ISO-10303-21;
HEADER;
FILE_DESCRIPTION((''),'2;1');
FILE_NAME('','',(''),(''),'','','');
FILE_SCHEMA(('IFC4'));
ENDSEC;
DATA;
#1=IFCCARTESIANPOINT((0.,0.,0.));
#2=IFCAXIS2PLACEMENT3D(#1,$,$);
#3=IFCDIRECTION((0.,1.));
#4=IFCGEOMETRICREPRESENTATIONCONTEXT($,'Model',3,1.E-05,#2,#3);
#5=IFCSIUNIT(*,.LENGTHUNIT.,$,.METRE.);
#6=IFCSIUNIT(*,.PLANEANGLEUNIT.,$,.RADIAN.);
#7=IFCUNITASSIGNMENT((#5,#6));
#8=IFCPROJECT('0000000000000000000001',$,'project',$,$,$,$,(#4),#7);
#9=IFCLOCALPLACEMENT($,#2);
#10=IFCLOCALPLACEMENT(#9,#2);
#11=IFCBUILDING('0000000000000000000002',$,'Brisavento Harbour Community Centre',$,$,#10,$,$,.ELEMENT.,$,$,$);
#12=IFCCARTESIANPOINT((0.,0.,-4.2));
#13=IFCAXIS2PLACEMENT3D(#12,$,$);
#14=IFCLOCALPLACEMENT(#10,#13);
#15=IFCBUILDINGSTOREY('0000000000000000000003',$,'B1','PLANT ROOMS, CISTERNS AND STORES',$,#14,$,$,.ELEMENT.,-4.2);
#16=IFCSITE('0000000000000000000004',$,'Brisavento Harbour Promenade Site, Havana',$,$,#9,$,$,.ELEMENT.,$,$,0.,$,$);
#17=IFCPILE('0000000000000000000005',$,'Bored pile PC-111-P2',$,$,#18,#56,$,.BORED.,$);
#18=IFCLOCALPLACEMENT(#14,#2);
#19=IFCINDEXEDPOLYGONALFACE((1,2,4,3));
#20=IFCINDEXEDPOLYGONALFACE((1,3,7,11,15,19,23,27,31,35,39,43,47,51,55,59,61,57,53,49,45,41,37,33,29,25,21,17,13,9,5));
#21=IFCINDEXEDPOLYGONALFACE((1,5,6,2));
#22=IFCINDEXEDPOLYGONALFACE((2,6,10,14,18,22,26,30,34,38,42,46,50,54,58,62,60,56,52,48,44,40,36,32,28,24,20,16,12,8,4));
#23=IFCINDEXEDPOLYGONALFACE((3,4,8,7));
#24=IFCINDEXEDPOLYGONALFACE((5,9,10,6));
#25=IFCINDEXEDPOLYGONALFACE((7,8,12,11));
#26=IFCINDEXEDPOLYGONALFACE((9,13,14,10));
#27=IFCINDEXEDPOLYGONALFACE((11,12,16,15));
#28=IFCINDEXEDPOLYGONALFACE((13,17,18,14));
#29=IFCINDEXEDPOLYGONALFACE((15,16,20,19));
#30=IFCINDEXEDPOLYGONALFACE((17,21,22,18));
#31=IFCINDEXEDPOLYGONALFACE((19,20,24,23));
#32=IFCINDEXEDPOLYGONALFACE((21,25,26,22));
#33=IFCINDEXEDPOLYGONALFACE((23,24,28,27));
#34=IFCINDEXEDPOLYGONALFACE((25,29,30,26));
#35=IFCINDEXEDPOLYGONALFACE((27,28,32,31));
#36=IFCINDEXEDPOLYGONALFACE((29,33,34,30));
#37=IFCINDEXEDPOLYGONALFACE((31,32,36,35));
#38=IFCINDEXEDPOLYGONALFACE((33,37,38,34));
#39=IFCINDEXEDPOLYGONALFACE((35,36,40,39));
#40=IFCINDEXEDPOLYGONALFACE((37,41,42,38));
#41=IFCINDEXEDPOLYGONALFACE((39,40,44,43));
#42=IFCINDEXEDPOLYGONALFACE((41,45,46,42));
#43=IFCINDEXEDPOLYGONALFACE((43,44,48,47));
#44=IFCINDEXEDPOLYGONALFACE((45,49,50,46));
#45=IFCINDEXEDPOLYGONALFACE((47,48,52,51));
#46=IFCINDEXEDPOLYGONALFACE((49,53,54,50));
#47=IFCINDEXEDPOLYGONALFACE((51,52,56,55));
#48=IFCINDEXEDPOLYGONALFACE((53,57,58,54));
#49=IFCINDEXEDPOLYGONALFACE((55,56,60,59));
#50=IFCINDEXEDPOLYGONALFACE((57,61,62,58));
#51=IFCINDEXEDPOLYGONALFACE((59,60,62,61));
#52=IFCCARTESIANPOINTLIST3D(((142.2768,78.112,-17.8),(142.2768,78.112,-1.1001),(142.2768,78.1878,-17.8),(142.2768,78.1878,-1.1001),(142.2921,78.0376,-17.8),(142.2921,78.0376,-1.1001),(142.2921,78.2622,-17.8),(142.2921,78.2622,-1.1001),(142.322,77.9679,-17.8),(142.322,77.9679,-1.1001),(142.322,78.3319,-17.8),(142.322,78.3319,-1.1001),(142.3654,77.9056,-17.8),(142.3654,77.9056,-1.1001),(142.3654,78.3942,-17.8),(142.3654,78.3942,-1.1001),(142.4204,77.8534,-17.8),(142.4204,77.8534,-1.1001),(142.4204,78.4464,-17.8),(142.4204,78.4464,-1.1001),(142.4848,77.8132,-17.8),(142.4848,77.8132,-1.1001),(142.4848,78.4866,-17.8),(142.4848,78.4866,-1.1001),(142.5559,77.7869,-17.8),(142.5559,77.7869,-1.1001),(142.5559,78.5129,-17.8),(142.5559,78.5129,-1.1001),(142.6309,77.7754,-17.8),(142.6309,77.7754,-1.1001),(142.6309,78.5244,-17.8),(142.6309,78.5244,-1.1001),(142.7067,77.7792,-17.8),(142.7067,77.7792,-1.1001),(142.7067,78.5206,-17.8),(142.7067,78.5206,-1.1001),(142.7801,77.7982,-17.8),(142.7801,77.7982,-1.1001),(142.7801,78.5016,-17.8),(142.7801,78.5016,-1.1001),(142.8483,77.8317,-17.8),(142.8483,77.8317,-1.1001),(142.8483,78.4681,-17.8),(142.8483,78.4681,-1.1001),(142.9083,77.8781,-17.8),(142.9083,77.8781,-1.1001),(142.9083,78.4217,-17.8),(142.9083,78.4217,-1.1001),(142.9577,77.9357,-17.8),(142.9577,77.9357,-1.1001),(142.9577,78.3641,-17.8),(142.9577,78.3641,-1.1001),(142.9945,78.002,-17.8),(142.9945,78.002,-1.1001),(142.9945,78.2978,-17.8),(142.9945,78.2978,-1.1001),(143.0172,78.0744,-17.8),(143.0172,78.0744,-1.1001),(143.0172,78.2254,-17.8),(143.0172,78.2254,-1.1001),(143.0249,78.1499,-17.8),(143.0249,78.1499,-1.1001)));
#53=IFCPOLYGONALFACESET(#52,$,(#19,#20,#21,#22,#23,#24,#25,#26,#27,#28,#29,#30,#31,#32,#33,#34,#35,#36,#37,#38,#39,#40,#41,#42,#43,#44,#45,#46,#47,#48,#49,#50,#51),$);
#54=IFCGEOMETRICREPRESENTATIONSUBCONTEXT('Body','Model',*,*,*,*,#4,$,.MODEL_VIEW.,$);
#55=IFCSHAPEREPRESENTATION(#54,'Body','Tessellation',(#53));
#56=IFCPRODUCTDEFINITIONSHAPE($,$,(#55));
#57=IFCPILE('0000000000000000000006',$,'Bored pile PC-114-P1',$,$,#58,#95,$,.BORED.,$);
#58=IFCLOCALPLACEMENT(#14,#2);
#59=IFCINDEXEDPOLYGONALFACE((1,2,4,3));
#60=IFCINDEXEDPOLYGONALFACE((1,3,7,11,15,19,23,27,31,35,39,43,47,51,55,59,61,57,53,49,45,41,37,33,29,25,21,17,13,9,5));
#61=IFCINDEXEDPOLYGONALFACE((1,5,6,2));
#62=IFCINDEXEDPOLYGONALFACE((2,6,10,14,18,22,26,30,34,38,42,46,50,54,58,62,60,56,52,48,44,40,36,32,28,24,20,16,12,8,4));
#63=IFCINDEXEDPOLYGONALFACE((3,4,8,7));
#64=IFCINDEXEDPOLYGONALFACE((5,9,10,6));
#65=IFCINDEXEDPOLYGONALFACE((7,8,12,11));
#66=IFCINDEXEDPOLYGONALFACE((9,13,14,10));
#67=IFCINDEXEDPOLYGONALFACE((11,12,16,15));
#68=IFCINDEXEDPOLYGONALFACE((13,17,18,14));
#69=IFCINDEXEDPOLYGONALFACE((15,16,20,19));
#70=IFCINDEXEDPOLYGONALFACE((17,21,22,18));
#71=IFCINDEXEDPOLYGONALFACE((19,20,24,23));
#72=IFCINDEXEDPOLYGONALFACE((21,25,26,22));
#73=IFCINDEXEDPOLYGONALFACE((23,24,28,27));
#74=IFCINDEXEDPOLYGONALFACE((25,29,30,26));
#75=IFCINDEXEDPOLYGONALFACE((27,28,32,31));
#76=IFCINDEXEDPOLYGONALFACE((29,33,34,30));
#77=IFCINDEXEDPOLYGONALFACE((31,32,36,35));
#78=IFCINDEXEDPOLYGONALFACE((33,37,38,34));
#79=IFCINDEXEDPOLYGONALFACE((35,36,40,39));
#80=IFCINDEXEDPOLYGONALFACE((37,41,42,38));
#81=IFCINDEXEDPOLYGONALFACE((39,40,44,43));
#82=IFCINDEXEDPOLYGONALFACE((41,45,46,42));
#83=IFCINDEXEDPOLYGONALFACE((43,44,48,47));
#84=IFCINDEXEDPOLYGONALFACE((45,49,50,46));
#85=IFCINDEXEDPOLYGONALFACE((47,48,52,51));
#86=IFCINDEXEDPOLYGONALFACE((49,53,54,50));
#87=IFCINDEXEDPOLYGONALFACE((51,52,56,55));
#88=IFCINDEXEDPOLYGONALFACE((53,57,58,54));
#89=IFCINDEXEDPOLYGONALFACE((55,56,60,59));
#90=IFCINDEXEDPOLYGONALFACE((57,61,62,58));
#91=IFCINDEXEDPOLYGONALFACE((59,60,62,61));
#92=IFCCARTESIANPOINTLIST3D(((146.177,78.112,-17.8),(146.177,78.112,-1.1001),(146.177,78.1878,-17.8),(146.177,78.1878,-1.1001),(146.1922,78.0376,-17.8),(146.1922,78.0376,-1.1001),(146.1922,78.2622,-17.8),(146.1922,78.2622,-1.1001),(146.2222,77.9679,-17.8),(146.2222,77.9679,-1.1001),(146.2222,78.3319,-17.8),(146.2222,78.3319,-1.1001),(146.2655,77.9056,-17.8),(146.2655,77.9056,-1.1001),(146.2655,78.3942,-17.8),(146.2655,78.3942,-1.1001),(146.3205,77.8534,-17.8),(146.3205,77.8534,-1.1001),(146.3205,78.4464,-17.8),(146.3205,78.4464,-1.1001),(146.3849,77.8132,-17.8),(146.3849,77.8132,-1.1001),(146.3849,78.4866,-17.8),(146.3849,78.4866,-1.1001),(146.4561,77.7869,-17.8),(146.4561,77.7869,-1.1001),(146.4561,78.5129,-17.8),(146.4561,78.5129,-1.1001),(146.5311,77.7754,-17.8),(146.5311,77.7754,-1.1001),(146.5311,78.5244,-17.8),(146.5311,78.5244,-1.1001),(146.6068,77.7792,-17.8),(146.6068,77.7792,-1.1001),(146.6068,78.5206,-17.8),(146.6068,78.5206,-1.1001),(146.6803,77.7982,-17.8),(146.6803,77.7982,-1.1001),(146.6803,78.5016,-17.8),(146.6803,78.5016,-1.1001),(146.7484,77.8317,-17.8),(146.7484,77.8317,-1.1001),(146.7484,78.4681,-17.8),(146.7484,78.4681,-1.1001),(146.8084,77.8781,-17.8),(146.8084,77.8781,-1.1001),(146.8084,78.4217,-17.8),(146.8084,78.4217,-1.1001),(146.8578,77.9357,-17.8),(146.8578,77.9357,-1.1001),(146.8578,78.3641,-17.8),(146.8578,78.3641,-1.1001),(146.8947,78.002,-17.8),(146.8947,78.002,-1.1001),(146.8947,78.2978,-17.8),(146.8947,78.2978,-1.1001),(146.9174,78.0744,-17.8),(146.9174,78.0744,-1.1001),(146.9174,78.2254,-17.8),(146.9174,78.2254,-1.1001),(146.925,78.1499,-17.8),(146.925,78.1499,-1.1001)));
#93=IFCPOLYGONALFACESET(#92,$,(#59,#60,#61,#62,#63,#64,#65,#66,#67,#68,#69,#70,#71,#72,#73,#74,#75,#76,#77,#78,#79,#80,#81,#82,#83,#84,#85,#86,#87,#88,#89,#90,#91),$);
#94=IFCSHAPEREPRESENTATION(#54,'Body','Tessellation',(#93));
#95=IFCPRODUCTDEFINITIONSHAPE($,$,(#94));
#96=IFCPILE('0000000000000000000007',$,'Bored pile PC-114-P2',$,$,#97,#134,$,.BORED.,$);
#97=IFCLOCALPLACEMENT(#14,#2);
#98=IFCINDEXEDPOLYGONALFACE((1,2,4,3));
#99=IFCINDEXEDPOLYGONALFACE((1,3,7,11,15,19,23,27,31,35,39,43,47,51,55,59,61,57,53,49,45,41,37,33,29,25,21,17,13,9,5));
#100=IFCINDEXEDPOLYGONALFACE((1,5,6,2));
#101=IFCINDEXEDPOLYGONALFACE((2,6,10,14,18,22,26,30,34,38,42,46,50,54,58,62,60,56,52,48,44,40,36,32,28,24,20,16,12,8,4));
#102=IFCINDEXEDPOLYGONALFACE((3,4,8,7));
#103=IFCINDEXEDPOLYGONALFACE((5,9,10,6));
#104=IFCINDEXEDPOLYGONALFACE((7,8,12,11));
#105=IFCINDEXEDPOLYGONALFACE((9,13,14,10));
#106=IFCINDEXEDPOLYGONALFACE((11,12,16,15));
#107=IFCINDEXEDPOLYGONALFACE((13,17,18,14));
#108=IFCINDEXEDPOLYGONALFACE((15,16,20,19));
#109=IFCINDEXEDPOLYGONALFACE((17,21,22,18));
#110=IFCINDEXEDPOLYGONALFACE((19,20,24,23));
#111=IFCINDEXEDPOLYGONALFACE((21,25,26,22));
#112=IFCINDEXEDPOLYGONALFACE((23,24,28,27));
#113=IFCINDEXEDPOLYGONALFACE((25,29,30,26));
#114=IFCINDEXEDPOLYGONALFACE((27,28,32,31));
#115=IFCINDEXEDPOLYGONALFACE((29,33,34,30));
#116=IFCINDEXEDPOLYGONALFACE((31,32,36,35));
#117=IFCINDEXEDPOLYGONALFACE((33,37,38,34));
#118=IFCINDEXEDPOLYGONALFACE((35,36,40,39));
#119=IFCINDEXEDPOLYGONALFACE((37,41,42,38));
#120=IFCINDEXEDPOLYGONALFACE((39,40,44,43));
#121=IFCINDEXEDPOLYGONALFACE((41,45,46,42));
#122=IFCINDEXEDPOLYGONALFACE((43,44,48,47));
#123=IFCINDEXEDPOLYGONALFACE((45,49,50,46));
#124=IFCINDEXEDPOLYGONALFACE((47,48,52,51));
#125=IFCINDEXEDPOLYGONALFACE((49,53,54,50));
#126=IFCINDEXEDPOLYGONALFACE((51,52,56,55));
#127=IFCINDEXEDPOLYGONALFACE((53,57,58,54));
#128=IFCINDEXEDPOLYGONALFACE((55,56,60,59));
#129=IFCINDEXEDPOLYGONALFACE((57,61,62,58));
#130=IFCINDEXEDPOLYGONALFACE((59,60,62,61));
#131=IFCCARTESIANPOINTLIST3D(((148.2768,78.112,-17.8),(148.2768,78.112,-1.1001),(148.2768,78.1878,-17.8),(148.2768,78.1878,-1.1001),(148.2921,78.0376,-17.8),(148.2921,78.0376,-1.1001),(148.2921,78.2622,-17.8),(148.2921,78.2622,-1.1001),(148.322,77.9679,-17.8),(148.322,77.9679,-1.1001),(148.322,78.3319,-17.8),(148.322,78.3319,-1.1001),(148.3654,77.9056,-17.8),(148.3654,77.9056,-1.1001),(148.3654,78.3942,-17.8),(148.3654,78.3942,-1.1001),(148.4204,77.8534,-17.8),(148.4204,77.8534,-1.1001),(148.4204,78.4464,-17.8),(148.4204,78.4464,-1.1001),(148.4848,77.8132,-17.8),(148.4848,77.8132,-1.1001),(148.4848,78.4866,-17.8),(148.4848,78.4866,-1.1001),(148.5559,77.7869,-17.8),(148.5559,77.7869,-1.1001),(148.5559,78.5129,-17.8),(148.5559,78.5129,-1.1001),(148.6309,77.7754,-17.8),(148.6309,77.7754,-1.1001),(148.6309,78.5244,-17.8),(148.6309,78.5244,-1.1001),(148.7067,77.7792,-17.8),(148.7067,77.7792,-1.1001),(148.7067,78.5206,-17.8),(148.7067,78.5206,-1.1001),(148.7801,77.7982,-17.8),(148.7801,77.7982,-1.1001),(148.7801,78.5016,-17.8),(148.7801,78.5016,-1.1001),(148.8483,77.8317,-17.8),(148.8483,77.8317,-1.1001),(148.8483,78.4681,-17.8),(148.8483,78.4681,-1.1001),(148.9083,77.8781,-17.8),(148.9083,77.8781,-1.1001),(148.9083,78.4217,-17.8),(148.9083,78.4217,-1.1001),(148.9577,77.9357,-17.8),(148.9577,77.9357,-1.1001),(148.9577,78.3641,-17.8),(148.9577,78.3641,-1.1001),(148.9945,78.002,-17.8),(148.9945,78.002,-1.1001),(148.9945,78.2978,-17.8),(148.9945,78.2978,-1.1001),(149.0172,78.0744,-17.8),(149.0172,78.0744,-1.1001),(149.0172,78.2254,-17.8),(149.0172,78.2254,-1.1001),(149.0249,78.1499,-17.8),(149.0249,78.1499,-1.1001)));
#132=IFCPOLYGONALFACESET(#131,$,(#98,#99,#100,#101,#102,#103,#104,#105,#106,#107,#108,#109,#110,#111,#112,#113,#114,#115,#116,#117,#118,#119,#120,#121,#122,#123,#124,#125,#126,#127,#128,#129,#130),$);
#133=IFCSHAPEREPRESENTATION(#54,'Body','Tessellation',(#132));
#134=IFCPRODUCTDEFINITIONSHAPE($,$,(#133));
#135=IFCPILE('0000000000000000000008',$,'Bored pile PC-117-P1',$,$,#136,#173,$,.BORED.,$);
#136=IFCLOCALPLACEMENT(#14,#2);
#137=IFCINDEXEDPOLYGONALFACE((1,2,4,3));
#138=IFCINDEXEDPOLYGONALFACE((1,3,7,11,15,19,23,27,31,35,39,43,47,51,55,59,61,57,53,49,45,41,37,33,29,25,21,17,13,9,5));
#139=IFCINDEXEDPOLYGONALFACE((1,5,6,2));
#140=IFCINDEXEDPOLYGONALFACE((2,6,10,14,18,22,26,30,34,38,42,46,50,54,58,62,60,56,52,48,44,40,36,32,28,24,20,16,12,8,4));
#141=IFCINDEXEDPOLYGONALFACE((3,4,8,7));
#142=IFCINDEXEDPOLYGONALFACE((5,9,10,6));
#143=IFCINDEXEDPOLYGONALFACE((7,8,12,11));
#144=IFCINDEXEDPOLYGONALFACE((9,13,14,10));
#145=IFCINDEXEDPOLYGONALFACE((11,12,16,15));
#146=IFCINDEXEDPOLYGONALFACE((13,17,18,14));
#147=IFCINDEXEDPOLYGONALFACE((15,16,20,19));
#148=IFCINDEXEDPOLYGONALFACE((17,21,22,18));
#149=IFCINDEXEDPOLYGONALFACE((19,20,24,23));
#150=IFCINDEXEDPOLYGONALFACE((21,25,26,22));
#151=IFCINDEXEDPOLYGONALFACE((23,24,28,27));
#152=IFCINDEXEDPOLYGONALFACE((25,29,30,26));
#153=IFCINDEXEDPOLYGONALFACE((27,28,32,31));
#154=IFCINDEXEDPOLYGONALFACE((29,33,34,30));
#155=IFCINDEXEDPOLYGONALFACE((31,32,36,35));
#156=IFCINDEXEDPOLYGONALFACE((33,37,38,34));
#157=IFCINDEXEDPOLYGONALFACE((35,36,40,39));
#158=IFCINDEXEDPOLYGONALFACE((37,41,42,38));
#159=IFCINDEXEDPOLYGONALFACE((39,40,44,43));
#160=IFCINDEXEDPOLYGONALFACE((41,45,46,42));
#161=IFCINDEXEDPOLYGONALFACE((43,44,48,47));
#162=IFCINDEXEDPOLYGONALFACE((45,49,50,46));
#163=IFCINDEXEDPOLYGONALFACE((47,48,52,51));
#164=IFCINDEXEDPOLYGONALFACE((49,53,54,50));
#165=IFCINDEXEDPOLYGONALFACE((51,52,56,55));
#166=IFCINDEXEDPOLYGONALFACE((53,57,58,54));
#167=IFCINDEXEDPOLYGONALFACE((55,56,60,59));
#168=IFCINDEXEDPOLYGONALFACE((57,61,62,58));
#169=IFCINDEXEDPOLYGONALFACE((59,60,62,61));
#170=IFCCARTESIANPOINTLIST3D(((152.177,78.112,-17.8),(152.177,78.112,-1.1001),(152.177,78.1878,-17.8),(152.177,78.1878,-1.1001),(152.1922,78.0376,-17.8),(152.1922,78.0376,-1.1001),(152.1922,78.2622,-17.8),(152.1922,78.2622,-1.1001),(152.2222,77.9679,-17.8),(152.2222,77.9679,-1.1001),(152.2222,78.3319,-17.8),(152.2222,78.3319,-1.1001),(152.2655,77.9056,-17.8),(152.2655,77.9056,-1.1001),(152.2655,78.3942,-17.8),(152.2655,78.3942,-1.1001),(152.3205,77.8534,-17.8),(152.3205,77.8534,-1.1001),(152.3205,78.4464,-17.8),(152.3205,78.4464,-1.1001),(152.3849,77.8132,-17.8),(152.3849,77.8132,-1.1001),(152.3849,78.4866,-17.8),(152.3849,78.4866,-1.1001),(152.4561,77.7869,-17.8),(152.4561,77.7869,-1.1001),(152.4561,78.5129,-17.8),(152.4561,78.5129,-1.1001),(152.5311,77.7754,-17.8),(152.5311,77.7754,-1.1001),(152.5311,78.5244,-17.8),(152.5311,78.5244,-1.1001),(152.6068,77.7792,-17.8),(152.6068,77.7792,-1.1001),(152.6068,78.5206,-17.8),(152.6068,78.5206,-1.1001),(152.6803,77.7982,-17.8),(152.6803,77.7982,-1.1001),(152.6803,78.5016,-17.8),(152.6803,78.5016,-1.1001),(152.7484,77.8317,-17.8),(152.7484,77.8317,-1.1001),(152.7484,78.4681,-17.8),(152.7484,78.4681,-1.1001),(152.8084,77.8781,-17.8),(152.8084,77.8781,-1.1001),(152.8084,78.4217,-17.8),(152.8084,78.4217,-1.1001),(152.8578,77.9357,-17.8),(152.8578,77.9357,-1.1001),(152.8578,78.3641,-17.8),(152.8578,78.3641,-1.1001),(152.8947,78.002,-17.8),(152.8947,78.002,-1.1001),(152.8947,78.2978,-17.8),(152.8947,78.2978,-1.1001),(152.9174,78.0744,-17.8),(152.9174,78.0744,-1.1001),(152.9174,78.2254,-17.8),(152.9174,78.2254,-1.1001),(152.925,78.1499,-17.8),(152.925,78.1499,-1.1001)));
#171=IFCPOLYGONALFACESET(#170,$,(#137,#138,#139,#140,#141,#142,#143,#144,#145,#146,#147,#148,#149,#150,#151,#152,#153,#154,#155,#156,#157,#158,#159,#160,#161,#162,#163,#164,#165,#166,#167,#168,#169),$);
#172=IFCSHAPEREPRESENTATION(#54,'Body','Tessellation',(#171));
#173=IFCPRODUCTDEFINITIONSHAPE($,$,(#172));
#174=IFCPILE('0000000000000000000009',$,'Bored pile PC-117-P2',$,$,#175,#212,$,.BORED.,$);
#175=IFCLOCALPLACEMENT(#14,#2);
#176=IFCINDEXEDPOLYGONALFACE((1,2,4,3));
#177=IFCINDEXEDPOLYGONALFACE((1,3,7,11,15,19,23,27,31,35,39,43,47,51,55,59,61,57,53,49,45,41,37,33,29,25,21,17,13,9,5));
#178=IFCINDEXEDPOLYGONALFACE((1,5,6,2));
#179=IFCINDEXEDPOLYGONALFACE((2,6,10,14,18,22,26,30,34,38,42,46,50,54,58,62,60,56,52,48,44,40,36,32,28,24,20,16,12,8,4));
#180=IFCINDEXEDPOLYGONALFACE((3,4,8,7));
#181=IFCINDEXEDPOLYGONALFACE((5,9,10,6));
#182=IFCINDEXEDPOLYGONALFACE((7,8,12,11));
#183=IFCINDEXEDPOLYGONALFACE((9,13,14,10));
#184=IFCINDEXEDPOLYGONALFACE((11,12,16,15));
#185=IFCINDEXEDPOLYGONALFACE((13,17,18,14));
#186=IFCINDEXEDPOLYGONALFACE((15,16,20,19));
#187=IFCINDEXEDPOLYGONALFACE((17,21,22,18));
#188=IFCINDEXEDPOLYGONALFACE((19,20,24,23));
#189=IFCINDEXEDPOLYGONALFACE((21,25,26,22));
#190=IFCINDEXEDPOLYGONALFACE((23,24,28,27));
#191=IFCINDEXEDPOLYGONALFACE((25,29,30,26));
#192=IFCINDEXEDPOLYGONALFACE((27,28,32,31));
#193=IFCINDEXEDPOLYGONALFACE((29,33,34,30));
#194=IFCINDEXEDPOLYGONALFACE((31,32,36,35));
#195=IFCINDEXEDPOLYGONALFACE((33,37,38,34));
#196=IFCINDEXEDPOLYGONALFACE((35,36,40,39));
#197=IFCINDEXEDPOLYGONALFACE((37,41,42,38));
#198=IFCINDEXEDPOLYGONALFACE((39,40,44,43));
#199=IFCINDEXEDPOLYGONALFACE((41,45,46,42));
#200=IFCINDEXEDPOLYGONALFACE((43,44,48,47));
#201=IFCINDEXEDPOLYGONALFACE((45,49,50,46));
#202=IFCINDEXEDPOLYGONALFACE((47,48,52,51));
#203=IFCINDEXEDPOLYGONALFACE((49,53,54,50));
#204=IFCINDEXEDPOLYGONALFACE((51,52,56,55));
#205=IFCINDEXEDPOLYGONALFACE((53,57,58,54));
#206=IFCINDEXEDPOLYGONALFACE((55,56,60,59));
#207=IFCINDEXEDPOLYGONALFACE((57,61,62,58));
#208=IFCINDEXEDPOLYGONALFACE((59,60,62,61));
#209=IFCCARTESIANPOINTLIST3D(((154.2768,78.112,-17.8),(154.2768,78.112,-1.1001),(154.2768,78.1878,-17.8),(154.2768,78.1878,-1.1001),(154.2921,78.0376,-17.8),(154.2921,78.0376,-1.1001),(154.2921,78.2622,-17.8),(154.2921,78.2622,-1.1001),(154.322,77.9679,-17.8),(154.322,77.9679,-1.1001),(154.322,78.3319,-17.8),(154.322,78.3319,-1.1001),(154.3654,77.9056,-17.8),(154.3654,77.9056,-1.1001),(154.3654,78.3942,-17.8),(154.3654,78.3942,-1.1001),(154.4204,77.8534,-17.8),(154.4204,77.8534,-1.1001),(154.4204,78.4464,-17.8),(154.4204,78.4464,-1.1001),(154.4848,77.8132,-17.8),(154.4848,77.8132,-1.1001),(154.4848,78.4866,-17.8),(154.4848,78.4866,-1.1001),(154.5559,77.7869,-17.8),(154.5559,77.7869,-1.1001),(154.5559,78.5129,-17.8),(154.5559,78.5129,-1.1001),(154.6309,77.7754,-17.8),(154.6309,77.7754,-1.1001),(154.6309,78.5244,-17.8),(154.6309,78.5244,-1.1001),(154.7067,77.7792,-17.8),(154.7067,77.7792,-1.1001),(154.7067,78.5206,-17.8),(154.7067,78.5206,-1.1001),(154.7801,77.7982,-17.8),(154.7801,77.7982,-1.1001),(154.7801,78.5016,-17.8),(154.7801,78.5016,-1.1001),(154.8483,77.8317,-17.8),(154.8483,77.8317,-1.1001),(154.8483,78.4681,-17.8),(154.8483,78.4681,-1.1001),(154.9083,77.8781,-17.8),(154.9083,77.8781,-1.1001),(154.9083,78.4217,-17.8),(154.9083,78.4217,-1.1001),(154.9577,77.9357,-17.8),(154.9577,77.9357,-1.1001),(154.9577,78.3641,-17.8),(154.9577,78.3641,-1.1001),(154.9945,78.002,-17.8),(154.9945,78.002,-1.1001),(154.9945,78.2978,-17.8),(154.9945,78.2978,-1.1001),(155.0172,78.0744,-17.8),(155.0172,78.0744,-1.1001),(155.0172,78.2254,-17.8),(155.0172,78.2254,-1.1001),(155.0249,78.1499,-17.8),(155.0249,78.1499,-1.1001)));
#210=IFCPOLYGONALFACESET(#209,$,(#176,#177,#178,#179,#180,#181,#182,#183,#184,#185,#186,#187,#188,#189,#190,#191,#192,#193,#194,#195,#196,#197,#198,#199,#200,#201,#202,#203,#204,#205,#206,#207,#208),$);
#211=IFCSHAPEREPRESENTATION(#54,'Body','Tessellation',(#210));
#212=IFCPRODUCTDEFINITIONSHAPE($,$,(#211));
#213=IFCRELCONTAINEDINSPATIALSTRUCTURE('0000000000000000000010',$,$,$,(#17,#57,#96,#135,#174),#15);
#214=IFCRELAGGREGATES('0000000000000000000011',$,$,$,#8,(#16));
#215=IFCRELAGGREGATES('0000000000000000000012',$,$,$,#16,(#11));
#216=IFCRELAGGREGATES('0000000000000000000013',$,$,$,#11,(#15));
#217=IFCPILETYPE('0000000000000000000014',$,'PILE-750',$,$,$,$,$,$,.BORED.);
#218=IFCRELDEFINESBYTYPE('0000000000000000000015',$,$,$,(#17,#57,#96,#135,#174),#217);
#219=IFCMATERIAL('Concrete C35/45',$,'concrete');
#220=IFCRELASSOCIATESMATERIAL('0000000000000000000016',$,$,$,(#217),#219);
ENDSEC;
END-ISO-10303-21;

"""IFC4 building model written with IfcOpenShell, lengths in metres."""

from ifc_helpers import new_model, si_unit, direction, frame, origin, origin_2d, place, context, subcontext, project, spatial, circle, extrude, material, material_profile, profile_set, type_object, element, save


model = new_model("IFC4")

# Units and contexts
model_context = context("Model", 3, precision=1e-05, world=origin(), true_north=direction((0.0, 1.0)))
body_context = subcontext(model_context, "Body", "Model", "MODEL_VIEW")
ifc_project = project(units=[si_unit("LENGTHUNIT", "METRE"), si_unit("PLANEANGLEUNIT", "RADIAN")], contexts=[model_context])

# Site, building, storey
site_placement = place(None, origin())
site = spatial("IfcSite", under=ifc_project, at=site_placement, Name="Brisavento Harbour Promenade Site, Havana", CompositionType="ELEMENT", RefElevation=0.0)
building_placement = place(site_placement, origin())
building = spatial("IfcBuilding", under=site, at=building_placement, Name="Brisavento Harbour Community Centre", CompositionType="ELEMENT")
storey_placement = place(building_placement, frame((0.0, 0.0, -4.2)))
storey = spatial("IfcBuildingStorey", under=building, at=storey_placement, Name="B1", Description="PLANT ROOMS, CISTERNS AND STORES", CompositionType="ELEMENT", Elevation=-4.2)

# Shared definitions
ifc_material_1 = material(Name="Concrete C35/45", Category="concrete")

# Piles
ifc_material_profile_1 = material_profile(ifc_material_1, circle(Radius=0.375, at=origin_2d()), Name="Concrete C35/45")
ifc_profile_set_1 = profile_set([ifc_material_profile_1], Name="Concrete C35/45")
pile_type = type_object("IfcPileType", Name="PILE-750", PredefinedType="BORED", material=ifc_profile_set_1)
for number, where, z_axis, x_axis, name in (
    (1, (142.6499, 78.1499, -1.1001), (0.0, 0.0, -1.0), (1.0, 0.0, 0.0), "Bored pile PC-111-P2"),
    (2, (146.55, 78.1499, -1.1001), (0.0, 0.0, -1.0), (1.0, 0.0, 0.0), "Bored pile PC-114-P1"),
    (3, (148.6499, 78.1499, -1.1001), (0.0, 0.0, -1.0), (1.0, 0.0, 0.0), "Bored pile PC-114-P2"),
    (4, (152.55, 78.1499, -1.1001), (0.0, 0.0, -1.0), (1.0, 0.0, 0.0), "Bored pile PC-117-P1"),
    (5, (154.6499, 78.1499, -1.1001), (0.0, 0.0, -1.0), (1.0, 0.0, 0.0), "Bored pile PC-117-P2"),
):
    element("IfcPile", number, at=place(storey_placement, frame(where, z_axis=z_axis, x_axis=x_axis)), inside=storey, type_object=pile_type, Name=name, PredefinedType="BORED", context=body_context, shape_type="SweptSolid", body=[
        extrude(circle(Radius=0.375, at=origin_2d()), origin(), (0.0, 0.0, 1.0), 16.7),
    ])

save(model, "model.ifc")
